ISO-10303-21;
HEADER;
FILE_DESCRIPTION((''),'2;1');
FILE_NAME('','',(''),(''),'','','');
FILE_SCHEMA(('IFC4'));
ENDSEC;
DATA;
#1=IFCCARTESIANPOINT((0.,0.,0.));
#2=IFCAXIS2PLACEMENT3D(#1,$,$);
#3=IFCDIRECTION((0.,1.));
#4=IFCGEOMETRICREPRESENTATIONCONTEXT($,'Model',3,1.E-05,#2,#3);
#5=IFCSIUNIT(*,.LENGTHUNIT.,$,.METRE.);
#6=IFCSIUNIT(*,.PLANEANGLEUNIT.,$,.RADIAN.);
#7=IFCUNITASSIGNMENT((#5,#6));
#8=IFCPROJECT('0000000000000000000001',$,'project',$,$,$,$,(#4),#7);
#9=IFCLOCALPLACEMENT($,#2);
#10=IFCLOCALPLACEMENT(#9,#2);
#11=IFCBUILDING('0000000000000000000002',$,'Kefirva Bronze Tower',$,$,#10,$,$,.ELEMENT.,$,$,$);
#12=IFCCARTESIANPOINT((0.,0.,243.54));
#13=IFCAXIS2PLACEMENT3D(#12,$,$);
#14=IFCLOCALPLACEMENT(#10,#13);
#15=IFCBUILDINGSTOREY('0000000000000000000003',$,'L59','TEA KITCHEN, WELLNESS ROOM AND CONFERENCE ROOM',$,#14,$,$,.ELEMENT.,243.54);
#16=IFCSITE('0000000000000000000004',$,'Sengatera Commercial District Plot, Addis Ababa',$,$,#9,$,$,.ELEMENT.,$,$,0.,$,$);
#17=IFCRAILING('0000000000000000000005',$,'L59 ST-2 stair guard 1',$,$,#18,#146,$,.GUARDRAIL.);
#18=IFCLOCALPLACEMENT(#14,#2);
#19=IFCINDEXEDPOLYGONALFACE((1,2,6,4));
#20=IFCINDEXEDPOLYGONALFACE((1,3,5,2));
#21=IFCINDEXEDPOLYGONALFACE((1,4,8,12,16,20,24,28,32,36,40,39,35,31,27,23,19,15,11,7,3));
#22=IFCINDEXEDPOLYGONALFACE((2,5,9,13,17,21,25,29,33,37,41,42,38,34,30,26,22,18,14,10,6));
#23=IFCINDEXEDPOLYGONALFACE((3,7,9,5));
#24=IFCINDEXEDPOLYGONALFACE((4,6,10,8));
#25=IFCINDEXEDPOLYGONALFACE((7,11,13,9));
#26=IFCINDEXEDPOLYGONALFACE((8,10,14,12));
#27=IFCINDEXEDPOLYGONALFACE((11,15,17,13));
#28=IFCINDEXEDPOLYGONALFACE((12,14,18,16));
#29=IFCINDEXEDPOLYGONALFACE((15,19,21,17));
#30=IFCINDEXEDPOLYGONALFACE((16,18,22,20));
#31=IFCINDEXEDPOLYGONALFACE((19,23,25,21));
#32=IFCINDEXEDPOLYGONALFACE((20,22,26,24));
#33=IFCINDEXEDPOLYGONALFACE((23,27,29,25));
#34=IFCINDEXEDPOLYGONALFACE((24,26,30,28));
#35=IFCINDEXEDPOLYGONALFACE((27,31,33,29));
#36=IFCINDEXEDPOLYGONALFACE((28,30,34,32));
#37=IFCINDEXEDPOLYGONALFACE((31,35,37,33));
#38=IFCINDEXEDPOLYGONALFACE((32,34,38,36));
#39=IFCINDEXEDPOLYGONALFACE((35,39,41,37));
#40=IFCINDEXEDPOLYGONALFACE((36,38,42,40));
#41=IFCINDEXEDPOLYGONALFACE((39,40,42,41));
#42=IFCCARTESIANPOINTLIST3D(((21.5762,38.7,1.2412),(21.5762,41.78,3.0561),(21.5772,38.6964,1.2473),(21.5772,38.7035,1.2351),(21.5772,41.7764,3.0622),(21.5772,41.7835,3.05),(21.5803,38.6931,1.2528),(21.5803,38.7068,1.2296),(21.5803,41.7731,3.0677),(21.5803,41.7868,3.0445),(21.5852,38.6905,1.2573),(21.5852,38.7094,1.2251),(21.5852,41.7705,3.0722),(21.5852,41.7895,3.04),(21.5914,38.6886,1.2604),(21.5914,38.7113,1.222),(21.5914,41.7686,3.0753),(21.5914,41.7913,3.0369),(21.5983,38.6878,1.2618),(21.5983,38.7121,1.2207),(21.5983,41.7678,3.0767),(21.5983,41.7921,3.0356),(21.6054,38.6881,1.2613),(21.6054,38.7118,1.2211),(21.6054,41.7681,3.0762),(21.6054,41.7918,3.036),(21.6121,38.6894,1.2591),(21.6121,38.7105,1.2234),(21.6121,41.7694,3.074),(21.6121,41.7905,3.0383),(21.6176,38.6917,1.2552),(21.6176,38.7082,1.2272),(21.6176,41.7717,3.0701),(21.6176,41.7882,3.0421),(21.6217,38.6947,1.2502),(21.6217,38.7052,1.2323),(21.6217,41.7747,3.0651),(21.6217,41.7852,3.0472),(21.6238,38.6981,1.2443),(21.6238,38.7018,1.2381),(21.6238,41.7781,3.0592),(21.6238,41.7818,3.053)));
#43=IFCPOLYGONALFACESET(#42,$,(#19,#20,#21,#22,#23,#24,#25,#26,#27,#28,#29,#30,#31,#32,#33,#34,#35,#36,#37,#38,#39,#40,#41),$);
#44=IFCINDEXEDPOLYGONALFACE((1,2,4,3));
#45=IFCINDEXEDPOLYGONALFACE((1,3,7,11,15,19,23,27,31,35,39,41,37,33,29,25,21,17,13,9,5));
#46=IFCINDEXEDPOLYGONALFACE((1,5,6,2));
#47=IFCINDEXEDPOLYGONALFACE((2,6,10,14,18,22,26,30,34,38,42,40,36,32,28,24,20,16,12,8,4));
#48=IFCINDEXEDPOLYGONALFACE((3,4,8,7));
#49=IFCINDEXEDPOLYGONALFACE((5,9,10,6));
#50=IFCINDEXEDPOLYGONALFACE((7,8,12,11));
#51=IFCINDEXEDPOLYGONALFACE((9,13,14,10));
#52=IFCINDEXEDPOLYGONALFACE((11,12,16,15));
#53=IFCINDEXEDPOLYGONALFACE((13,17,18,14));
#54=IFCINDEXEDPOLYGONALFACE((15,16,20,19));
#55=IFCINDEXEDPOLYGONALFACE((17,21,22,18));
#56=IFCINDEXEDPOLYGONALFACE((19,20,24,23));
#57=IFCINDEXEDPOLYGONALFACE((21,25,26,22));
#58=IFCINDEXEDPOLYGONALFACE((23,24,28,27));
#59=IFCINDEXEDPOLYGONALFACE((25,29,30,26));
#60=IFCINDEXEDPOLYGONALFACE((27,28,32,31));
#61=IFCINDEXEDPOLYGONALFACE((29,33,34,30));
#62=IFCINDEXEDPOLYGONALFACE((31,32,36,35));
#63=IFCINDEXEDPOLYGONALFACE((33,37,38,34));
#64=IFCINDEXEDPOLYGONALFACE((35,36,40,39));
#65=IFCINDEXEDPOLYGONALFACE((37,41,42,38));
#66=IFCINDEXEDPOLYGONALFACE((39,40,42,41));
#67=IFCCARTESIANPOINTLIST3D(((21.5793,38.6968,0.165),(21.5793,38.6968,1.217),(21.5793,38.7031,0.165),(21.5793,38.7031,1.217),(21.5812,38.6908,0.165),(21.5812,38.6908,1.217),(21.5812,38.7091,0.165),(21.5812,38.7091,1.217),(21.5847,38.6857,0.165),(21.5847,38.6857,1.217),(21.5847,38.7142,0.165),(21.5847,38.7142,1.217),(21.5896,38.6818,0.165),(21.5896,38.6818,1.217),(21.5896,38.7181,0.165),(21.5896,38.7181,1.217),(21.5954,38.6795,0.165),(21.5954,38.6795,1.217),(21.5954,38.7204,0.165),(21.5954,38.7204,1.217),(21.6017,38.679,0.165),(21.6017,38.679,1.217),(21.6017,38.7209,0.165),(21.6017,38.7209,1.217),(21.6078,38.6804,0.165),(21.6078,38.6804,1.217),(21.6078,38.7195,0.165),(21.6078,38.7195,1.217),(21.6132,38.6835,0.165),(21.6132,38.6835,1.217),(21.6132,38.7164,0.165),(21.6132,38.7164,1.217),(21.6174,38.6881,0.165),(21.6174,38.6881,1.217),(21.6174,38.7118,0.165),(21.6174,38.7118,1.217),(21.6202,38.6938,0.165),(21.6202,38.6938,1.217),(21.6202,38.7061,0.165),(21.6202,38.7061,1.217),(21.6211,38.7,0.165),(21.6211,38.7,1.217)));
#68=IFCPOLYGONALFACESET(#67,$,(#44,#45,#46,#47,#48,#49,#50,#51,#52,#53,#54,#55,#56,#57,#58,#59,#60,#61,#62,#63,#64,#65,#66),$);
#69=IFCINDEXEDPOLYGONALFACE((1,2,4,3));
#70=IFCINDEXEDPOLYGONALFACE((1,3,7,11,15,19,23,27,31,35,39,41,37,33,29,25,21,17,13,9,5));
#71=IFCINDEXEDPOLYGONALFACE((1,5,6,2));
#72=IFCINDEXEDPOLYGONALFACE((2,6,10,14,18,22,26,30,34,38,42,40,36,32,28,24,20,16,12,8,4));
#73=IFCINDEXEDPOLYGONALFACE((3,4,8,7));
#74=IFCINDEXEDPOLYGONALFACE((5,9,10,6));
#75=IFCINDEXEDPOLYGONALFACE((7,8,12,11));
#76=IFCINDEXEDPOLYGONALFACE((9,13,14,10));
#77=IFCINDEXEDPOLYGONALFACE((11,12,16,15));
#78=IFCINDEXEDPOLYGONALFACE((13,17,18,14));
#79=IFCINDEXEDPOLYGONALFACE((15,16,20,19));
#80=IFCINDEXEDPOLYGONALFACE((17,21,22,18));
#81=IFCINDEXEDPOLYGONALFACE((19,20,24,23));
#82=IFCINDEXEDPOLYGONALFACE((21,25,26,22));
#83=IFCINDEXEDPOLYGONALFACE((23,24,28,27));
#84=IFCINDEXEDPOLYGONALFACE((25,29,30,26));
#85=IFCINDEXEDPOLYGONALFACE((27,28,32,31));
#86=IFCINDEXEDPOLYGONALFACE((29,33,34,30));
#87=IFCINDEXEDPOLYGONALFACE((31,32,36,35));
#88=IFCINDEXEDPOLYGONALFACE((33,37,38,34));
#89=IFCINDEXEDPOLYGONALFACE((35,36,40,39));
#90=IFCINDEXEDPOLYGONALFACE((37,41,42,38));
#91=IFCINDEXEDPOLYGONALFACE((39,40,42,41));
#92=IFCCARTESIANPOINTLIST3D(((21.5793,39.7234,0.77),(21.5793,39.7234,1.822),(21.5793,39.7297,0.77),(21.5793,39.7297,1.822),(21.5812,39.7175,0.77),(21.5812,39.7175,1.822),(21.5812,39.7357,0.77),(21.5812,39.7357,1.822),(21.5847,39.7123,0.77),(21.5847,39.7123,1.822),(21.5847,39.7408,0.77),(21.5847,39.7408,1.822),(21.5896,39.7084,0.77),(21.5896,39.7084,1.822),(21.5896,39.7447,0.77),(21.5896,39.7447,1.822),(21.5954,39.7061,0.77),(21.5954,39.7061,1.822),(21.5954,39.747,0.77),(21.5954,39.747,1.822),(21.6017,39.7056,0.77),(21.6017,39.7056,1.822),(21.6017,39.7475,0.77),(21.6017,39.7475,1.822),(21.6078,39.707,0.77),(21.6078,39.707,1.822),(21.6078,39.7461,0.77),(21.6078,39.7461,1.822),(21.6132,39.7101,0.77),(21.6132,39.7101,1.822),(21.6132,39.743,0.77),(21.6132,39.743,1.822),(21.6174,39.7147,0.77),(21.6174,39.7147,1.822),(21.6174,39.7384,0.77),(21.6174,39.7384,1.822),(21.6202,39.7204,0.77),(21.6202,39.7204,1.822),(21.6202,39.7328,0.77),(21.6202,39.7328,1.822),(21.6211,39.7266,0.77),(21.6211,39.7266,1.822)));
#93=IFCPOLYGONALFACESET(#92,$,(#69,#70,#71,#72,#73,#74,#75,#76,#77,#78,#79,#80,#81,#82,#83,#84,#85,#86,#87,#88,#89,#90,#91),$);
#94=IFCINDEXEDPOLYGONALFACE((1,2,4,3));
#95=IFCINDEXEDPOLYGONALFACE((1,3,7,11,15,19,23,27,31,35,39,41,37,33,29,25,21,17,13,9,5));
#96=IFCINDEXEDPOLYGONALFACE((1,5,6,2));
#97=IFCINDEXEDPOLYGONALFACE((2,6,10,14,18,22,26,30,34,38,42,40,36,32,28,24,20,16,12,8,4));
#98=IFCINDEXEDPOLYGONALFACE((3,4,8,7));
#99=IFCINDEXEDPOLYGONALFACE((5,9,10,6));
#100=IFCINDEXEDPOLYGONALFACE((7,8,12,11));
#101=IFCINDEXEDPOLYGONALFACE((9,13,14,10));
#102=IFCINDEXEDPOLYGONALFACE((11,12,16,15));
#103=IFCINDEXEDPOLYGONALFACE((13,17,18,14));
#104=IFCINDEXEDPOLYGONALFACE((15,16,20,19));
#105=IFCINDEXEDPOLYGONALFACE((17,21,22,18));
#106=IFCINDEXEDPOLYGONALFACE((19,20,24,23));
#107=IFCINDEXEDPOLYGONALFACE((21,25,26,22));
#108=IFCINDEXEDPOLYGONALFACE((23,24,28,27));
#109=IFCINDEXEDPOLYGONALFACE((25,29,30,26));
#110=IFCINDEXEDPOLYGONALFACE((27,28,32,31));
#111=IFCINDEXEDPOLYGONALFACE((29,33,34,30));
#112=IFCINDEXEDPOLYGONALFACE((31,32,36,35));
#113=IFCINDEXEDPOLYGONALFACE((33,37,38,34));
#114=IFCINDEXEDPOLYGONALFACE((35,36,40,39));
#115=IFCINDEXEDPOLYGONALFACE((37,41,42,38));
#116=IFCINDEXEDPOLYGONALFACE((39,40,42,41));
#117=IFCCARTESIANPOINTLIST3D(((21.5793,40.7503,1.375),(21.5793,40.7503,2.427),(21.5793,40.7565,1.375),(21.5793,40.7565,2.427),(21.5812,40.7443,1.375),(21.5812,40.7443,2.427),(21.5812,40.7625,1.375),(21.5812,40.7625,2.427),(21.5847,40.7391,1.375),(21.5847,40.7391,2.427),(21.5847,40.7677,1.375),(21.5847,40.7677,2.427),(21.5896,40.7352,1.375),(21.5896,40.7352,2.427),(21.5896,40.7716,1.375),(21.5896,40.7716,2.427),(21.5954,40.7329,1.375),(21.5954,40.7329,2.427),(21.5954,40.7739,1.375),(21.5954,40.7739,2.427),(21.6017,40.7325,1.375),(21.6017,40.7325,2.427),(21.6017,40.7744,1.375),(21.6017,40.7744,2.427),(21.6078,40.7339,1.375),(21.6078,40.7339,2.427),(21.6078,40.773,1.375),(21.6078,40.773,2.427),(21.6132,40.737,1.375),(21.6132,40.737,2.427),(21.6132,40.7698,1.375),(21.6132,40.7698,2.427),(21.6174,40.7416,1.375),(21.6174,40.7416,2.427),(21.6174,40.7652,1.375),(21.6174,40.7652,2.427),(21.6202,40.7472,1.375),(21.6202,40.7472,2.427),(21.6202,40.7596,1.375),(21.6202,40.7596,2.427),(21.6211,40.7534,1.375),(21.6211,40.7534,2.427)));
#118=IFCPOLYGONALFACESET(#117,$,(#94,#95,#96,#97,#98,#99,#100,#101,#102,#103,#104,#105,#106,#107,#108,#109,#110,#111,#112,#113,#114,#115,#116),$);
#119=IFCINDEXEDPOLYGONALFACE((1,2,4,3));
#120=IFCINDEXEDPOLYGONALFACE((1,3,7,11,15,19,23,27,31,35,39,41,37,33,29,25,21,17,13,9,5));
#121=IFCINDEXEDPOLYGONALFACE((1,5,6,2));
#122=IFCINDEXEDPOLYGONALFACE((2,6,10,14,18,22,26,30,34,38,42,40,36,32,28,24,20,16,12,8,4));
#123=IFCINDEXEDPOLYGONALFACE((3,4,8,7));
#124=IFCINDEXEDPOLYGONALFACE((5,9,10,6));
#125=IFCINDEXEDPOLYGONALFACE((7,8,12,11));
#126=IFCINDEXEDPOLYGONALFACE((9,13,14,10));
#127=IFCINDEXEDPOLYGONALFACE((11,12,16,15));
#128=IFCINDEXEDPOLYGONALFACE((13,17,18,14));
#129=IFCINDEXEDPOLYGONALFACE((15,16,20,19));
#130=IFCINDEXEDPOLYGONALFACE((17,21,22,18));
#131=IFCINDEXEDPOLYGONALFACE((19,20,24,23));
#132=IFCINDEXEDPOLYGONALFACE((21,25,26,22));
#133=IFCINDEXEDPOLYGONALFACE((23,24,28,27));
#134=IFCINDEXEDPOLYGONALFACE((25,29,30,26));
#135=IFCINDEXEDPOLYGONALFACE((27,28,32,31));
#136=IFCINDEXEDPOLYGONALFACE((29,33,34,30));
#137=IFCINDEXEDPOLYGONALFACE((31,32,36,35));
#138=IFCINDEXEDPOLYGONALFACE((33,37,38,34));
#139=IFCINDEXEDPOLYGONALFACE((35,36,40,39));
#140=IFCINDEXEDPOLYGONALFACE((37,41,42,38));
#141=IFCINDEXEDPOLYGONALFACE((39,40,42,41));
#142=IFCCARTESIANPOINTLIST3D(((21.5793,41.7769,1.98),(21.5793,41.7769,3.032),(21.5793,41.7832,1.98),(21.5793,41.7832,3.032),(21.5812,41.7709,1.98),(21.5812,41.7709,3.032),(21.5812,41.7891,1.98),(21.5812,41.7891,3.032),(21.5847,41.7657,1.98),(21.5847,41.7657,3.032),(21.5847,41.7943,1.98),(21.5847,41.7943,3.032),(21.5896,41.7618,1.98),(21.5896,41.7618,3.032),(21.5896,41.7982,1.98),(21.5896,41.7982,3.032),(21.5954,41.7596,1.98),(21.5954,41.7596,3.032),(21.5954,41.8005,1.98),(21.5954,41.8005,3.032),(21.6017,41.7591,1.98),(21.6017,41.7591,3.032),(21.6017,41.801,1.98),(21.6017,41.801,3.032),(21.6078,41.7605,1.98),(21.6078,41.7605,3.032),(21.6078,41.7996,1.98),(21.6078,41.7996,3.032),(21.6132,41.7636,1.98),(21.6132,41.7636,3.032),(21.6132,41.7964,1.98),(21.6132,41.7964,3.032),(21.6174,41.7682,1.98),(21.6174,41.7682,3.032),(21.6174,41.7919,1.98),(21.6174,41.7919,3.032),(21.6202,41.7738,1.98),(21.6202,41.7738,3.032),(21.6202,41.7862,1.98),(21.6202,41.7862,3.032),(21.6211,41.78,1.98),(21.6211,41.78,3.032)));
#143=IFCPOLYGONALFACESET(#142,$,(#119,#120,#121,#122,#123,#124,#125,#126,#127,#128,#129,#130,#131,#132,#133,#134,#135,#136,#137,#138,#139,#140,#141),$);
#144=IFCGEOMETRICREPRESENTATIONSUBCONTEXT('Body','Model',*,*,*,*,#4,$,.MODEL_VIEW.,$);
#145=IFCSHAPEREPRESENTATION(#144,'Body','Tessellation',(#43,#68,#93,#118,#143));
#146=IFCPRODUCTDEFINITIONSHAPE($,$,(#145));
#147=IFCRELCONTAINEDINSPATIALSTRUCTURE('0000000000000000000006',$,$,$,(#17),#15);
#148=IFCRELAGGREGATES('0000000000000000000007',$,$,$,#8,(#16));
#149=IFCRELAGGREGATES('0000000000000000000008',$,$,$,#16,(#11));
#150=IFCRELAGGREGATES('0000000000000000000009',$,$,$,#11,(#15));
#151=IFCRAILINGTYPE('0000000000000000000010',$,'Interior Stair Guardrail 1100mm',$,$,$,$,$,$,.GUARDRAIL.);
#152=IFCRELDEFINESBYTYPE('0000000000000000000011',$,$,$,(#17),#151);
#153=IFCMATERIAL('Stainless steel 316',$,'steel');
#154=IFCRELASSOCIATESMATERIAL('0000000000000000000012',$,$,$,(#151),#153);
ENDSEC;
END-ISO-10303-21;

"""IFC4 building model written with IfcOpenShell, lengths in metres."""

from ifc_helpers import new_model, si_unit, direction, frame, origin, origin_2d, place, context, subcontext, project, spatial, circle, extrude, material, type_object, element, save


model = new_model("IFC4")

# Units and contexts
model_context = context("Model", 3, precision=1e-05, world=origin(), true_north=direction((0.0, 1.0)))
body_context = subcontext(model_context, "Body", "Model", "MODEL_VIEW")
ifc_project = project(units=[si_unit("LENGTHUNIT", "METRE"), si_unit("PLANEANGLEUNIT", "RADIAN")], contexts=[model_context])

# Site, building, storey
site_placement = place(None, origin())
site = spatial("IfcSite", under=ifc_project, at=site_placement, Name="Sengatera Commercial District Plot, Addis Ababa", CompositionType="ELEMENT", RefElevation=0.0)
building_placement = place(site_placement, origin())
building = spatial("IfcBuilding", under=site, at=building_placement, Name="Kefirva Bronze Tower", CompositionType="ELEMENT")
storey_placement = place(building_placement, frame((0.0, 0.0, 243.54)))
storey = spatial("IfcBuildingStorey", under=building, at=storey_placement, Name="L59", Description="TEA KITCHEN, WELLNESS ROOM AND CONFERENCE ROOM", CompositionType="ELEMENT", Elevation=243.54)

# Shared definitions
ifc_material_1 = material(Name="Stainless steel 316", Category="steel")

# Railing
railing_type_1 = type_object("IfcRailingType", Name="Interior Stair Guardrail 1100mm", PredefinedType="GUARDRAIL", material=ifc_material_1)
railing_1_placement = place(storey_placement, frame((21.6001, 38.7, 0.165)))
element("IfcRailing", 1, at=railing_1_placement, inside=storey, type_object=railing_type_1, Name="L59 ST-2 stair guard 1", PredefinedType="GUARDRAIL", context=body_context, shape_type="SweptSolid", body=[
    extrude(circle(Radius=0.0239, at=origin_2d()), frame((0.0, 0.0, 1.0762), z_axis=(0.0, 0.861551, 0.507671), x_axis=(-1.0, 0.0, 0.0)), (0.0, 0.0, 1.0), 3.575),
    extrude(circle(Radius=0.021, at=origin_2d()), origin(), (0.0, 0.0, 1.0), 1.052),
    extrude(circle(Radius=0.021, at=origin_2d()), frame((0.0, 1.0266, 0.605)), (0.0, 0.0, 1.0), 1.052),
    extrude(circle(Radius=0.021, at=origin_2d()), frame((0.0, 2.0535, 1.21)), (0.0, 0.0, 1.0), 1.052),
    extrude(circle(Radius=0.021, at=origin_2d()), frame((0.0, 3.0801, 1.8149)), (0.0, 0.0, 1.0), 1.052),
])

save(model, "model.ifc")
